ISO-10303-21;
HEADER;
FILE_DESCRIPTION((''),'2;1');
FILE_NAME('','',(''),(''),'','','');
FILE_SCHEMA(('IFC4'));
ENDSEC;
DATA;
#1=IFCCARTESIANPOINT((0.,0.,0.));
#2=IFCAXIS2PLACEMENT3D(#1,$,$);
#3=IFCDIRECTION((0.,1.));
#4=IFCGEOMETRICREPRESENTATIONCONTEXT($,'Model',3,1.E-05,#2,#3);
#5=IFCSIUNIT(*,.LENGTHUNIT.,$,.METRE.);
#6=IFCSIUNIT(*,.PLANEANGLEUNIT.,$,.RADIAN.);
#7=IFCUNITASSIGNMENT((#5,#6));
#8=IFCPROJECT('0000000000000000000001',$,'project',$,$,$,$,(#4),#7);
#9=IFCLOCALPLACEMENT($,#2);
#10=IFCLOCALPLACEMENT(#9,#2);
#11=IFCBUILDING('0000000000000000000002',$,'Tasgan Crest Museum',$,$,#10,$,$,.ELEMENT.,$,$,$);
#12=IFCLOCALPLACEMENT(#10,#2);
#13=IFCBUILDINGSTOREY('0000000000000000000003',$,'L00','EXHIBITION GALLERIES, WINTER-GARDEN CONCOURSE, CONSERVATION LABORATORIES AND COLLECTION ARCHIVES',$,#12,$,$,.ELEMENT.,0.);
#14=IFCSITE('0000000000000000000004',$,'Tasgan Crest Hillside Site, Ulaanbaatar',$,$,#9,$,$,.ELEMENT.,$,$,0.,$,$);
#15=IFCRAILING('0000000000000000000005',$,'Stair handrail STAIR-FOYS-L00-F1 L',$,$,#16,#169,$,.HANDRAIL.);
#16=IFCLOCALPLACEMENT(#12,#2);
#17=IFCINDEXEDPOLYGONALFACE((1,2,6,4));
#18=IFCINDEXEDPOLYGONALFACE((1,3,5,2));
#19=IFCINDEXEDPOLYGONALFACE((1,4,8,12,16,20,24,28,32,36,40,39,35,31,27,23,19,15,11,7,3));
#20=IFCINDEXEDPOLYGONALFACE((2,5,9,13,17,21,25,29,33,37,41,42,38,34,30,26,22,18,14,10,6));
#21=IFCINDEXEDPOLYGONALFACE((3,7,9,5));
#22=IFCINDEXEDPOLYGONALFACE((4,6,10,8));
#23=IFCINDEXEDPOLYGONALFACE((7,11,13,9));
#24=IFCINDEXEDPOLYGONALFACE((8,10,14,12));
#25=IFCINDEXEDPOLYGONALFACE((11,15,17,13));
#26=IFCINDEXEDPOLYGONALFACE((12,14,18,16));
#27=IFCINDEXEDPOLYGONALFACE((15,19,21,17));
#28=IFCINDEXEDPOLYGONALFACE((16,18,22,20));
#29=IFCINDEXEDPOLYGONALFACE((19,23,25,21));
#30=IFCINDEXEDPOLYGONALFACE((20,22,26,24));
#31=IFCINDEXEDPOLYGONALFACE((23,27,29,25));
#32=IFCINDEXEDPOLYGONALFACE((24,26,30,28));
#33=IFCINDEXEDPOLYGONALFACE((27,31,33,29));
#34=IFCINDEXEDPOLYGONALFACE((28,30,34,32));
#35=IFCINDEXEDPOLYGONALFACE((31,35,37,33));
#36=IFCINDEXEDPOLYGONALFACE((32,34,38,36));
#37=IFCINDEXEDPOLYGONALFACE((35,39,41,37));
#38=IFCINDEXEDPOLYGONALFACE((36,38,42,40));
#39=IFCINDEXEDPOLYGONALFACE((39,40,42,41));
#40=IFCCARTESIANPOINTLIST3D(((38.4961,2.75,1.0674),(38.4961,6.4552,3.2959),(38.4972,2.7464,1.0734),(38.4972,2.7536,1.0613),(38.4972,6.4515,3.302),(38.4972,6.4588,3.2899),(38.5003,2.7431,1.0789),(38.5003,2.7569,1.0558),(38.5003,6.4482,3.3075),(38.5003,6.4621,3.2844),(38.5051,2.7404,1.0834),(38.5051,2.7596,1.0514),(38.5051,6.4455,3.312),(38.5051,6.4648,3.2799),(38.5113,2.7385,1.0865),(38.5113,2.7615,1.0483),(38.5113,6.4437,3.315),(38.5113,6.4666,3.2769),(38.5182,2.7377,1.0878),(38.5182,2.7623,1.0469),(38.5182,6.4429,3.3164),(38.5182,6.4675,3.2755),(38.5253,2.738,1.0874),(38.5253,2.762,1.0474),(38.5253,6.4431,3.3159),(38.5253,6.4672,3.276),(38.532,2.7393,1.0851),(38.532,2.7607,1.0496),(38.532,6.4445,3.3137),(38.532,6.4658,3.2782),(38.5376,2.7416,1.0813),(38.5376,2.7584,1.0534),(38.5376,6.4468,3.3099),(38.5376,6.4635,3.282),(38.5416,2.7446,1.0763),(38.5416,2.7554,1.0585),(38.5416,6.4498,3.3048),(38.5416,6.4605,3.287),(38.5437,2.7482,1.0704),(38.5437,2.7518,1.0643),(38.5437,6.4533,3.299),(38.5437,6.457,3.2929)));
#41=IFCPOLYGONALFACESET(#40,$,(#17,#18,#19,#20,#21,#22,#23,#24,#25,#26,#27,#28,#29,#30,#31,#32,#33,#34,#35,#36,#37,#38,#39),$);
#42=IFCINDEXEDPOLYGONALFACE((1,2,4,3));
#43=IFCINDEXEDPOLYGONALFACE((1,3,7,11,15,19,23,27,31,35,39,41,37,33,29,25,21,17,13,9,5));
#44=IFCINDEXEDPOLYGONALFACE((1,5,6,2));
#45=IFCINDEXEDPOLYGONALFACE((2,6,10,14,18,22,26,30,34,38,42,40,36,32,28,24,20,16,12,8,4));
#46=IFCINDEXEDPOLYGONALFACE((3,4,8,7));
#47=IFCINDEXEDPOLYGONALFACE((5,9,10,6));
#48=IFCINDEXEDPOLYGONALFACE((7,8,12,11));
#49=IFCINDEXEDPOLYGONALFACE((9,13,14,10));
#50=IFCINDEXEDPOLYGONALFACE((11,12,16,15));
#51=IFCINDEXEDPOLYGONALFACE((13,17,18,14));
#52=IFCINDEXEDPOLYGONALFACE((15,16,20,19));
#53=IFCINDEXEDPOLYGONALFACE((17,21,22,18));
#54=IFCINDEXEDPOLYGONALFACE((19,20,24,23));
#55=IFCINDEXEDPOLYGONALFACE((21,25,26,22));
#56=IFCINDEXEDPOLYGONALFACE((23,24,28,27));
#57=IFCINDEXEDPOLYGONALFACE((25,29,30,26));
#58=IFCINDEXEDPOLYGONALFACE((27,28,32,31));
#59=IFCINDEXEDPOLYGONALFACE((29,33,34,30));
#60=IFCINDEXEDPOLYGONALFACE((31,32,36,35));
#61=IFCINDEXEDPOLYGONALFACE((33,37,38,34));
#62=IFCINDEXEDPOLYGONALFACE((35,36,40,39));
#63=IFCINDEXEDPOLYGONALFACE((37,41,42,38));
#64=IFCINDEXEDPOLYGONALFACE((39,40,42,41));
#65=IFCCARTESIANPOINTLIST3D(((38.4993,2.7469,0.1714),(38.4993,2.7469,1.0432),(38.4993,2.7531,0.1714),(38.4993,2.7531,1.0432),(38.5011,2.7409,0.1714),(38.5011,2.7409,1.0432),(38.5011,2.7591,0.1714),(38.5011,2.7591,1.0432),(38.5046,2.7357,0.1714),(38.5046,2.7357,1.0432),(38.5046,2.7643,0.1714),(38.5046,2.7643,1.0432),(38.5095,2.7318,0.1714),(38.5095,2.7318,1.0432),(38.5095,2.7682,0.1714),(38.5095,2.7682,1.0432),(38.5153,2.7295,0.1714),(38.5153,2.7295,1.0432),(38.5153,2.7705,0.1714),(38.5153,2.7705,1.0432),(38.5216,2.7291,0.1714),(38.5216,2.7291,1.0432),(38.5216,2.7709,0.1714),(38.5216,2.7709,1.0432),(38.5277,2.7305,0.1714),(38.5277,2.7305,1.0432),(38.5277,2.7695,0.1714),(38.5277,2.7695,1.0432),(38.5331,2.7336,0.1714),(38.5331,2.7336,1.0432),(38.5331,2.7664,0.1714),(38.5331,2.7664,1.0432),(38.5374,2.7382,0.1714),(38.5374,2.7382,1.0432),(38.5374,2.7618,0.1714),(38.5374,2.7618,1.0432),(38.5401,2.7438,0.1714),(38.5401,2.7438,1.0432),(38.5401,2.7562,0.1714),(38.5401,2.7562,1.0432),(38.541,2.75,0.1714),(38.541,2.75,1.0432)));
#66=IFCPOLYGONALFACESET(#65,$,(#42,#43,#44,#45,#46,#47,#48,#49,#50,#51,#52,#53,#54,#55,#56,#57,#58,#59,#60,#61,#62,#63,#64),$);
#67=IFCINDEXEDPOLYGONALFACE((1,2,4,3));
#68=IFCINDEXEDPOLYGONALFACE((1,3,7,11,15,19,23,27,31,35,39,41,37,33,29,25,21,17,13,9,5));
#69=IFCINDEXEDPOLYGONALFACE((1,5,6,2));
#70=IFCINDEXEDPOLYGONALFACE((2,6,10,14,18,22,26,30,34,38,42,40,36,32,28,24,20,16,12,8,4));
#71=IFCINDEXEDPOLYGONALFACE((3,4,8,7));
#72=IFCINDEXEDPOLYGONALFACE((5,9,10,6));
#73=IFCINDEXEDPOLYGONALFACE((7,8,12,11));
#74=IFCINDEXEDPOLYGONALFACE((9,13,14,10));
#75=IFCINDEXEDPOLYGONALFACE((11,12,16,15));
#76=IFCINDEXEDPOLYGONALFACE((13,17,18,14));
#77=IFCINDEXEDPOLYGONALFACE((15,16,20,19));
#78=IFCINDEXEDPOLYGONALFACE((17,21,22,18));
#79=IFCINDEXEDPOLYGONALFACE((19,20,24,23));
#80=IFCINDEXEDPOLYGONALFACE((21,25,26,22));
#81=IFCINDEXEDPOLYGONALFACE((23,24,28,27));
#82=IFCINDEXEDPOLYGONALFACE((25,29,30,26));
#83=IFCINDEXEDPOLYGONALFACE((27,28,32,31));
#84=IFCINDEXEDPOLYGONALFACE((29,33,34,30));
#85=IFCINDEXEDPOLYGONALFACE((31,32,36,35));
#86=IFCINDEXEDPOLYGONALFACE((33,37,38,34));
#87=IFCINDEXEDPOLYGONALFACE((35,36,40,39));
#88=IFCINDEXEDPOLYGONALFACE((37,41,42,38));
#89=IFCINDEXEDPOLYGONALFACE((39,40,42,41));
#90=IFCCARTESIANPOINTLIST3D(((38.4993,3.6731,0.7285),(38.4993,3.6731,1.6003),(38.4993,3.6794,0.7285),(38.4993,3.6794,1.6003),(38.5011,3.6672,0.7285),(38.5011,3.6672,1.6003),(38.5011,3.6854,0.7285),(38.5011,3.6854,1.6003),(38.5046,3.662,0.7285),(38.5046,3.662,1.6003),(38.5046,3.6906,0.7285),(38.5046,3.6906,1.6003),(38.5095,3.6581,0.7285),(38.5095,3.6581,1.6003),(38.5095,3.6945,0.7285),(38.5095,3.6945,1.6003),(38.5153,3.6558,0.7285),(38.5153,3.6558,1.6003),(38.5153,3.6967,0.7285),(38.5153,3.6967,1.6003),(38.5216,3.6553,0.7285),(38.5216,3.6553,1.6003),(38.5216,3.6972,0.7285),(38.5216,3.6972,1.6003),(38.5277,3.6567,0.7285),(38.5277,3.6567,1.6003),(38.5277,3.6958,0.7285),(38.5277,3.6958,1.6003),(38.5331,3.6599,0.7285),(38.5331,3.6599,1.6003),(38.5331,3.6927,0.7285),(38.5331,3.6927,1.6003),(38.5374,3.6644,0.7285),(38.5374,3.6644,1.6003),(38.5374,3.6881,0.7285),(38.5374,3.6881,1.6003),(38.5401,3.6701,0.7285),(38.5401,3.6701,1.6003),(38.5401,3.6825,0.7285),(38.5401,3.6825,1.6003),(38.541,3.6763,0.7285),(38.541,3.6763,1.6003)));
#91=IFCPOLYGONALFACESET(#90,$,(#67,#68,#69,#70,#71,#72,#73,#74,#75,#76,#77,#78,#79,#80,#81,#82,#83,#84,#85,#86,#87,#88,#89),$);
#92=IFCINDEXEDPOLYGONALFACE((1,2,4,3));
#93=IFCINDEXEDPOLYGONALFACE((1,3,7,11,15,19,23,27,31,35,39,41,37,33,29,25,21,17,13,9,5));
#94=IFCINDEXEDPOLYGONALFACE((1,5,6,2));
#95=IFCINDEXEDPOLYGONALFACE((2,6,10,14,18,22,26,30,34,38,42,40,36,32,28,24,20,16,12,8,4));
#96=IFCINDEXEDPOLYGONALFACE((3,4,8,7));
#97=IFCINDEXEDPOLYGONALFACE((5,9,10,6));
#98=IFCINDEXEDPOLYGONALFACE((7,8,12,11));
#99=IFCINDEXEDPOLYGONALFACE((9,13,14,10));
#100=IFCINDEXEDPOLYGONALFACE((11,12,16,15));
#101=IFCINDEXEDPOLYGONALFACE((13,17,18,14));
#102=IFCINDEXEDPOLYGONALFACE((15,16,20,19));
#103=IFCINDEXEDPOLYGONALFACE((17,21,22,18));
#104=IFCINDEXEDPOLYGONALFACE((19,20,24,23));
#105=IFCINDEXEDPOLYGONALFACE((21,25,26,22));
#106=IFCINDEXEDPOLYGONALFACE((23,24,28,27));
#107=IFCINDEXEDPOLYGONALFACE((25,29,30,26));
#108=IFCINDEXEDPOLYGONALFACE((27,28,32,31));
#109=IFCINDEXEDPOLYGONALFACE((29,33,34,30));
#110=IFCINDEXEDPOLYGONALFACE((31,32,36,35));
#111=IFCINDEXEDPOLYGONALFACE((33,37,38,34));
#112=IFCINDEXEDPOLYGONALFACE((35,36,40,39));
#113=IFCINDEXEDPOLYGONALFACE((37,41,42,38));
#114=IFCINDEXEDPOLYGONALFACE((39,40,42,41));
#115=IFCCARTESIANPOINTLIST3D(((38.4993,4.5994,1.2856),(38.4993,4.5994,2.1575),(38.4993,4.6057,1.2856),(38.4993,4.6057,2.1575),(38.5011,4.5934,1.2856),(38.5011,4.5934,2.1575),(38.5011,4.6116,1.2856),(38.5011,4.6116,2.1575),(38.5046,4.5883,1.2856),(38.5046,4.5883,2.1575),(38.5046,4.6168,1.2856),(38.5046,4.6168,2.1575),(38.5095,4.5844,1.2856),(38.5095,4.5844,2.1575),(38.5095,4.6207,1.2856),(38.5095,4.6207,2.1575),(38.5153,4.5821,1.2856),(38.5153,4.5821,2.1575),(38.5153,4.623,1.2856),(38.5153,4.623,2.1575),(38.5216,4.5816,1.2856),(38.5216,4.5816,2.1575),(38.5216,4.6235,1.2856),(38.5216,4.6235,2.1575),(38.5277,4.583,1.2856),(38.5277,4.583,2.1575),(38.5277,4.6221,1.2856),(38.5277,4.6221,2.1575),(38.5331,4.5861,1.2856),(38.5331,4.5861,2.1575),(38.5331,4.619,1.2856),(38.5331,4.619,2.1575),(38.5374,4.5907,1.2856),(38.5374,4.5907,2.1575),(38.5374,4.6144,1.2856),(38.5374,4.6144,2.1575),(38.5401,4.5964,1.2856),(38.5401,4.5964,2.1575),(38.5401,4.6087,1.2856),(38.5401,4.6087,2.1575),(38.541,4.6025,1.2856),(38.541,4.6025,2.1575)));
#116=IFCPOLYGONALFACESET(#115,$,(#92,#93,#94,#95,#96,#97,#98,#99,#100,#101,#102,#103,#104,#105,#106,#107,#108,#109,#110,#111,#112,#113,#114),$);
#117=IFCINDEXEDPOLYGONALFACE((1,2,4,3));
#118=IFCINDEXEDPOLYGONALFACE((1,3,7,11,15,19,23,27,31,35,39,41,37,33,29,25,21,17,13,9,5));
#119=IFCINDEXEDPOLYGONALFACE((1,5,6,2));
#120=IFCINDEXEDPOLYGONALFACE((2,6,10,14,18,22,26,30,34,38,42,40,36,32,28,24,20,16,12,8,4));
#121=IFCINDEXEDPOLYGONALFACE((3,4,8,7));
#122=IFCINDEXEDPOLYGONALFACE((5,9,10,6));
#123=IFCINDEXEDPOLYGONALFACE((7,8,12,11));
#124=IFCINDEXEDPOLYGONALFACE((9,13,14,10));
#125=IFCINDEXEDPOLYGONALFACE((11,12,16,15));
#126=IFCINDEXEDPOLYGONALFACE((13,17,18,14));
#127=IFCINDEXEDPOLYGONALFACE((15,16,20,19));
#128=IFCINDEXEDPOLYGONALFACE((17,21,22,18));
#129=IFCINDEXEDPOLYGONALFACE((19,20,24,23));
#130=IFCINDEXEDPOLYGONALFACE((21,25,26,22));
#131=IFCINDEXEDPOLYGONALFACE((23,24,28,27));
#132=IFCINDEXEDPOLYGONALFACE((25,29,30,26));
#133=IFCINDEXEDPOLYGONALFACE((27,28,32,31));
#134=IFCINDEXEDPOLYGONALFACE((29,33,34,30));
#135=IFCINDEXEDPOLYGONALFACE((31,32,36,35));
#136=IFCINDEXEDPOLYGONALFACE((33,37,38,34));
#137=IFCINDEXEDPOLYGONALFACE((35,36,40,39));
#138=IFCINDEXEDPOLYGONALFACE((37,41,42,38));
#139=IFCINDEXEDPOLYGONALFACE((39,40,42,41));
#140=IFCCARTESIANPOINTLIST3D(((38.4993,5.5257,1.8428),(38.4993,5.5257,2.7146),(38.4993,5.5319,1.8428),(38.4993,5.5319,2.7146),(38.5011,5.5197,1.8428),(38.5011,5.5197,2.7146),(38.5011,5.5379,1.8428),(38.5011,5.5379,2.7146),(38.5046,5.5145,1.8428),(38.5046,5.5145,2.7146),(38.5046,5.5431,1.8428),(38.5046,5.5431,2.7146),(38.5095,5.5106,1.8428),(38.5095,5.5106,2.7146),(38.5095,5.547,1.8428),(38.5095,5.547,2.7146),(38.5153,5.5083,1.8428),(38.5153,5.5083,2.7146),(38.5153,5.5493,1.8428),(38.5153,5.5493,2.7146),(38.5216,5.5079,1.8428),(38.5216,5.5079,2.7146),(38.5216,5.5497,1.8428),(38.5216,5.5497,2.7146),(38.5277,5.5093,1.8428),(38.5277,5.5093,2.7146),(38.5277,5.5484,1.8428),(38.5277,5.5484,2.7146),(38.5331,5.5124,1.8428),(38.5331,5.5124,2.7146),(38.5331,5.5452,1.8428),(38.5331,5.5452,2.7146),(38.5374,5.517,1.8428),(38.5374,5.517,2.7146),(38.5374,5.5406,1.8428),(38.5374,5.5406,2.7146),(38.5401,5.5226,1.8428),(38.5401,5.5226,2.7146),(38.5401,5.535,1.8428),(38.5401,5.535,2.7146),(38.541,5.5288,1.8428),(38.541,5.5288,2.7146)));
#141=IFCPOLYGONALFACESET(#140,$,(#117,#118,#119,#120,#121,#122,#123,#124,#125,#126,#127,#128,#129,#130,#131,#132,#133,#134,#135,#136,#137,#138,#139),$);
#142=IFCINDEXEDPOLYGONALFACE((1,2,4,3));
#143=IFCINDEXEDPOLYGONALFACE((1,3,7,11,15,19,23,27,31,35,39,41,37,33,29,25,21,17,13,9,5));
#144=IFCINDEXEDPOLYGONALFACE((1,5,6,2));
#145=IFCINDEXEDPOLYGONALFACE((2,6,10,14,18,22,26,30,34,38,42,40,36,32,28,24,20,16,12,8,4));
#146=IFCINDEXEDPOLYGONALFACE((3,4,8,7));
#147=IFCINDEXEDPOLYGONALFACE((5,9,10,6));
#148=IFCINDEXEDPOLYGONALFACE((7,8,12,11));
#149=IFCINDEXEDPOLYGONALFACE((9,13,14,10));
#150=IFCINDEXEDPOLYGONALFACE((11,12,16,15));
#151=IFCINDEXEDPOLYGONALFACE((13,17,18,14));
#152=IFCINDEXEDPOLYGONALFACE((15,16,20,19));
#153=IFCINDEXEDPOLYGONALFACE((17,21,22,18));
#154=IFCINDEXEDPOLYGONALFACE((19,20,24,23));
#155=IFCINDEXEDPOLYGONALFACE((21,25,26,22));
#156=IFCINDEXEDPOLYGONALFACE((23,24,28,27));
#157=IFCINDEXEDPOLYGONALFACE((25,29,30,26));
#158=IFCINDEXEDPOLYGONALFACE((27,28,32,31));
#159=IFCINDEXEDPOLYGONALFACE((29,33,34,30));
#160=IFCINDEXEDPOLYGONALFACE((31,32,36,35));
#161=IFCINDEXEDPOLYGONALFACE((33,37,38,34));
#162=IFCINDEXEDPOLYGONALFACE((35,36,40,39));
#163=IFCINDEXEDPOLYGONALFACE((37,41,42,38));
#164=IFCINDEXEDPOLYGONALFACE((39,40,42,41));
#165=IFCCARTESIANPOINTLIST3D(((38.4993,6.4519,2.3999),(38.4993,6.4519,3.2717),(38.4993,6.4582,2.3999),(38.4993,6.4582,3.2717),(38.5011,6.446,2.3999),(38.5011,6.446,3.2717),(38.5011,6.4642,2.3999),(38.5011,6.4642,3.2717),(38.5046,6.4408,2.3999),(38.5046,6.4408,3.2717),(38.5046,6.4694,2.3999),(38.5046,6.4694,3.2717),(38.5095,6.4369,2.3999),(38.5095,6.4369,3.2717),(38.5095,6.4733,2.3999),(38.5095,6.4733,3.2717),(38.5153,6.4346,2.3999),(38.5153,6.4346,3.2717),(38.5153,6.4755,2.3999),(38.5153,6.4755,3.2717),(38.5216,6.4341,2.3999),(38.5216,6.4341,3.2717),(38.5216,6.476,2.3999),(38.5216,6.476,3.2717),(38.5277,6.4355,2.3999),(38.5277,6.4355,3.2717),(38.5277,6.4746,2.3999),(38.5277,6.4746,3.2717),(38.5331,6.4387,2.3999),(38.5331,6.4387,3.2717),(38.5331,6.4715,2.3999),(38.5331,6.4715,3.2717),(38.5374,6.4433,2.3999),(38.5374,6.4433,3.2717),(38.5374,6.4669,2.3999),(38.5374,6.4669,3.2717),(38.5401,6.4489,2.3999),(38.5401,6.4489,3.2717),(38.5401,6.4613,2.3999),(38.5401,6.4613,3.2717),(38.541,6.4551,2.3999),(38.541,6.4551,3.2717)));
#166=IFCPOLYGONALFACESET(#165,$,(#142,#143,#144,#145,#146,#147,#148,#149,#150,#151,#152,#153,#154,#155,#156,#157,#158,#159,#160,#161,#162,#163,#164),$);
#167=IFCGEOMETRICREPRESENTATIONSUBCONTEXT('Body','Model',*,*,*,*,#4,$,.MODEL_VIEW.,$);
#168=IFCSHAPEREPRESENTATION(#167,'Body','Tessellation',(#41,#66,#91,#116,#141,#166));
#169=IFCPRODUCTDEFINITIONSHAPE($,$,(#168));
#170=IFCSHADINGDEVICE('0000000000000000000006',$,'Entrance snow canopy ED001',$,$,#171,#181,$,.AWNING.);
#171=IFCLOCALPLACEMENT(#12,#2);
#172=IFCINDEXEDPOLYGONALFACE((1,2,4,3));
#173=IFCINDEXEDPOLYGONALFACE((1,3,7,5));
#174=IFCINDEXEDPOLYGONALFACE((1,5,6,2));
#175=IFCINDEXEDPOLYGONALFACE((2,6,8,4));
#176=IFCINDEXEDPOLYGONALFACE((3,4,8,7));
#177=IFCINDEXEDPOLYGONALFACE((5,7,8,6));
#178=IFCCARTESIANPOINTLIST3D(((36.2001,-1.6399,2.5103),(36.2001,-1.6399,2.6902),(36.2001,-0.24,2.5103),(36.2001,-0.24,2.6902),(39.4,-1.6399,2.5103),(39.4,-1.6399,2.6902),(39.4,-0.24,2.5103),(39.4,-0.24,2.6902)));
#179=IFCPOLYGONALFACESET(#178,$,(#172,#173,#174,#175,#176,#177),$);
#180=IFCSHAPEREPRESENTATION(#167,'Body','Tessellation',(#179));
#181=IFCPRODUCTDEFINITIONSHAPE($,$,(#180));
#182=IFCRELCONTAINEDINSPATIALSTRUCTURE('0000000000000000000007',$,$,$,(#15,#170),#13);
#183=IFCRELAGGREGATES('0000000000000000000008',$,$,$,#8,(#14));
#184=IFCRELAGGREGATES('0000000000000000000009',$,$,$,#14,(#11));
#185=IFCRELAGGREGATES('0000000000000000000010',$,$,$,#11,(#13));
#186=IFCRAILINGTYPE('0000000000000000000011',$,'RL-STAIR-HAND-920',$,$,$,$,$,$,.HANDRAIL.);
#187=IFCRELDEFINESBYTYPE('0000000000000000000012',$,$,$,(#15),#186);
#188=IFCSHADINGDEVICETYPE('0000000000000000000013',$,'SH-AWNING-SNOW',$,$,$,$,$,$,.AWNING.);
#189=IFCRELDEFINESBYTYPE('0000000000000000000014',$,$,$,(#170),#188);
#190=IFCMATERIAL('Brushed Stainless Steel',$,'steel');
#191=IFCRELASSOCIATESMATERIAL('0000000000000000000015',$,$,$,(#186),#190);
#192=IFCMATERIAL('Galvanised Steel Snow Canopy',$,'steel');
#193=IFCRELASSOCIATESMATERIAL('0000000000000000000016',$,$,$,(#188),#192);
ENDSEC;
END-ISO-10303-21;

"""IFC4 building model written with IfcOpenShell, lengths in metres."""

from ifc_helpers import new_model, si_unit, direction, frame, origin, origin_2d, place, context, subcontext, project, spatial, rectangle, circle, extrude, material, type_object, element, save


model = new_model("IFC4")

# Units and contexts
model_context = context("Model", 3, precision=1e-05, world=origin(), true_north=direction((0.0, 1.0)))
body_context = subcontext(model_context, "Body", "Model", "MODEL_VIEW")
ifc_project = project(units=[si_unit("LENGTHUNIT", "METRE"), si_unit("PLANEANGLEUNIT", "RADIAN")], contexts=[model_context])

# Site, building, storey
site_placement = place(None, origin())
site = spatial("IfcSite", under=ifc_project, at=site_placement, Name="Tasgan Crest Hillside Site, Ulaanbaatar", CompositionType="ELEMENT", RefElevation=0.0)
building_placement = place(site_placement, origin())
building = spatial("IfcBuilding", under=site, at=building_placement, Name="Tasgan Crest Museum", CompositionType="ELEMENT")
storey_placement = place(building_placement, origin())
storey = spatial("IfcBuildingStorey", under=building, at=storey_placement, Name="L00", Description="EXHIBITION GALLERIES, WINTER-GARDEN CONCOURSE, CONSERVATION LABORATORIES AND COLLECTION ARCHIVES", CompositionType="ELEMENT", Elevation=0.0)

# Railing
ifc_material_1 = material(Name="Brushed Stainless Steel", Category="steel")
railing_type_1 = type_object("IfcRailingType", Name="RL-STAIR-HAND-920", PredefinedType="HANDRAIL", material=ifc_material_1)
railing_1_placement = place(storey_placement, frame((38.52, 2.75, 0.1714)))
element("IfcRailing", 1, at=railing_1_placement, inside=storey, type_object=railing_type_1, Name="Stair handrail STAIR-FOYS-L00-F1 L", PredefinedType="HANDRAIL", context=body_context, shape_type="SweptSolid", body=[
    extrude(circle(Radius=0.0239, at=origin_2d()), frame((0.0, 0.0, 0.896), z_axis=(0.0, 0.856934, 0.515425), x_axis=(-1.0, 0.0, 0.0)), (0.0, 0.0, 1.0), 4.3237),
    extrude(circle(Radius=0.021, at=origin_2d()), origin(), (0.0, 0.0, 1.0), 0.8718),
    extrude(circle(Radius=0.021, at=origin_2d()), frame((0.0, 0.9263, 0.5571)), (0.0, 0.0, 1.0), 0.8718),
    extrude(circle(Radius=0.021, at=origin_2d()), frame((0.0, 1.8525, 1.1143)), (0.0, 0.0, 1.0), 0.8718),
    extrude(circle(Radius=0.021, at=origin_2d()), frame((0.0, 2.7788, 1.6714)), (0.0, 0.0, 1.0), 0.8718),
    extrude(circle(Radius=0.021, at=origin_2d()), frame((0.0, 3.7051, 2.2285)), (0.0, 0.0, 1.0), 0.8718),
])

# Shading device
ifc_material_2 = material(Name="Galvanised Steel Snow Canopy", Category="steel")
shading_device_type = type_object("IfcShadingDeviceType", Name="SH-AWNING-SNOW", PredefinedType="AWNING", material=ifc_material_2)
shading_device_placement = place(storey_placement, frame((37.8, -0.9399, 2.5103), z_axis=(0.0, 0.0, 1.0), x_axis=(1.0, 0.0, 0.0)))
element("IfcShadingDevice", 2, at=shading_device_placement, inside=storey, type_object=shading_device_type, Name="Entrance snow canopy ED001", PredefinedType="AWNING", context=body_context, shape_type="SweptSolid", body=[
    extrude(rectangle(XDim=3.2, YDim=1.3999, at=origin_2d()), origin(), (0.0, 0.0, 1.0), 0.1799),
])

save(model, "model.ifc")
